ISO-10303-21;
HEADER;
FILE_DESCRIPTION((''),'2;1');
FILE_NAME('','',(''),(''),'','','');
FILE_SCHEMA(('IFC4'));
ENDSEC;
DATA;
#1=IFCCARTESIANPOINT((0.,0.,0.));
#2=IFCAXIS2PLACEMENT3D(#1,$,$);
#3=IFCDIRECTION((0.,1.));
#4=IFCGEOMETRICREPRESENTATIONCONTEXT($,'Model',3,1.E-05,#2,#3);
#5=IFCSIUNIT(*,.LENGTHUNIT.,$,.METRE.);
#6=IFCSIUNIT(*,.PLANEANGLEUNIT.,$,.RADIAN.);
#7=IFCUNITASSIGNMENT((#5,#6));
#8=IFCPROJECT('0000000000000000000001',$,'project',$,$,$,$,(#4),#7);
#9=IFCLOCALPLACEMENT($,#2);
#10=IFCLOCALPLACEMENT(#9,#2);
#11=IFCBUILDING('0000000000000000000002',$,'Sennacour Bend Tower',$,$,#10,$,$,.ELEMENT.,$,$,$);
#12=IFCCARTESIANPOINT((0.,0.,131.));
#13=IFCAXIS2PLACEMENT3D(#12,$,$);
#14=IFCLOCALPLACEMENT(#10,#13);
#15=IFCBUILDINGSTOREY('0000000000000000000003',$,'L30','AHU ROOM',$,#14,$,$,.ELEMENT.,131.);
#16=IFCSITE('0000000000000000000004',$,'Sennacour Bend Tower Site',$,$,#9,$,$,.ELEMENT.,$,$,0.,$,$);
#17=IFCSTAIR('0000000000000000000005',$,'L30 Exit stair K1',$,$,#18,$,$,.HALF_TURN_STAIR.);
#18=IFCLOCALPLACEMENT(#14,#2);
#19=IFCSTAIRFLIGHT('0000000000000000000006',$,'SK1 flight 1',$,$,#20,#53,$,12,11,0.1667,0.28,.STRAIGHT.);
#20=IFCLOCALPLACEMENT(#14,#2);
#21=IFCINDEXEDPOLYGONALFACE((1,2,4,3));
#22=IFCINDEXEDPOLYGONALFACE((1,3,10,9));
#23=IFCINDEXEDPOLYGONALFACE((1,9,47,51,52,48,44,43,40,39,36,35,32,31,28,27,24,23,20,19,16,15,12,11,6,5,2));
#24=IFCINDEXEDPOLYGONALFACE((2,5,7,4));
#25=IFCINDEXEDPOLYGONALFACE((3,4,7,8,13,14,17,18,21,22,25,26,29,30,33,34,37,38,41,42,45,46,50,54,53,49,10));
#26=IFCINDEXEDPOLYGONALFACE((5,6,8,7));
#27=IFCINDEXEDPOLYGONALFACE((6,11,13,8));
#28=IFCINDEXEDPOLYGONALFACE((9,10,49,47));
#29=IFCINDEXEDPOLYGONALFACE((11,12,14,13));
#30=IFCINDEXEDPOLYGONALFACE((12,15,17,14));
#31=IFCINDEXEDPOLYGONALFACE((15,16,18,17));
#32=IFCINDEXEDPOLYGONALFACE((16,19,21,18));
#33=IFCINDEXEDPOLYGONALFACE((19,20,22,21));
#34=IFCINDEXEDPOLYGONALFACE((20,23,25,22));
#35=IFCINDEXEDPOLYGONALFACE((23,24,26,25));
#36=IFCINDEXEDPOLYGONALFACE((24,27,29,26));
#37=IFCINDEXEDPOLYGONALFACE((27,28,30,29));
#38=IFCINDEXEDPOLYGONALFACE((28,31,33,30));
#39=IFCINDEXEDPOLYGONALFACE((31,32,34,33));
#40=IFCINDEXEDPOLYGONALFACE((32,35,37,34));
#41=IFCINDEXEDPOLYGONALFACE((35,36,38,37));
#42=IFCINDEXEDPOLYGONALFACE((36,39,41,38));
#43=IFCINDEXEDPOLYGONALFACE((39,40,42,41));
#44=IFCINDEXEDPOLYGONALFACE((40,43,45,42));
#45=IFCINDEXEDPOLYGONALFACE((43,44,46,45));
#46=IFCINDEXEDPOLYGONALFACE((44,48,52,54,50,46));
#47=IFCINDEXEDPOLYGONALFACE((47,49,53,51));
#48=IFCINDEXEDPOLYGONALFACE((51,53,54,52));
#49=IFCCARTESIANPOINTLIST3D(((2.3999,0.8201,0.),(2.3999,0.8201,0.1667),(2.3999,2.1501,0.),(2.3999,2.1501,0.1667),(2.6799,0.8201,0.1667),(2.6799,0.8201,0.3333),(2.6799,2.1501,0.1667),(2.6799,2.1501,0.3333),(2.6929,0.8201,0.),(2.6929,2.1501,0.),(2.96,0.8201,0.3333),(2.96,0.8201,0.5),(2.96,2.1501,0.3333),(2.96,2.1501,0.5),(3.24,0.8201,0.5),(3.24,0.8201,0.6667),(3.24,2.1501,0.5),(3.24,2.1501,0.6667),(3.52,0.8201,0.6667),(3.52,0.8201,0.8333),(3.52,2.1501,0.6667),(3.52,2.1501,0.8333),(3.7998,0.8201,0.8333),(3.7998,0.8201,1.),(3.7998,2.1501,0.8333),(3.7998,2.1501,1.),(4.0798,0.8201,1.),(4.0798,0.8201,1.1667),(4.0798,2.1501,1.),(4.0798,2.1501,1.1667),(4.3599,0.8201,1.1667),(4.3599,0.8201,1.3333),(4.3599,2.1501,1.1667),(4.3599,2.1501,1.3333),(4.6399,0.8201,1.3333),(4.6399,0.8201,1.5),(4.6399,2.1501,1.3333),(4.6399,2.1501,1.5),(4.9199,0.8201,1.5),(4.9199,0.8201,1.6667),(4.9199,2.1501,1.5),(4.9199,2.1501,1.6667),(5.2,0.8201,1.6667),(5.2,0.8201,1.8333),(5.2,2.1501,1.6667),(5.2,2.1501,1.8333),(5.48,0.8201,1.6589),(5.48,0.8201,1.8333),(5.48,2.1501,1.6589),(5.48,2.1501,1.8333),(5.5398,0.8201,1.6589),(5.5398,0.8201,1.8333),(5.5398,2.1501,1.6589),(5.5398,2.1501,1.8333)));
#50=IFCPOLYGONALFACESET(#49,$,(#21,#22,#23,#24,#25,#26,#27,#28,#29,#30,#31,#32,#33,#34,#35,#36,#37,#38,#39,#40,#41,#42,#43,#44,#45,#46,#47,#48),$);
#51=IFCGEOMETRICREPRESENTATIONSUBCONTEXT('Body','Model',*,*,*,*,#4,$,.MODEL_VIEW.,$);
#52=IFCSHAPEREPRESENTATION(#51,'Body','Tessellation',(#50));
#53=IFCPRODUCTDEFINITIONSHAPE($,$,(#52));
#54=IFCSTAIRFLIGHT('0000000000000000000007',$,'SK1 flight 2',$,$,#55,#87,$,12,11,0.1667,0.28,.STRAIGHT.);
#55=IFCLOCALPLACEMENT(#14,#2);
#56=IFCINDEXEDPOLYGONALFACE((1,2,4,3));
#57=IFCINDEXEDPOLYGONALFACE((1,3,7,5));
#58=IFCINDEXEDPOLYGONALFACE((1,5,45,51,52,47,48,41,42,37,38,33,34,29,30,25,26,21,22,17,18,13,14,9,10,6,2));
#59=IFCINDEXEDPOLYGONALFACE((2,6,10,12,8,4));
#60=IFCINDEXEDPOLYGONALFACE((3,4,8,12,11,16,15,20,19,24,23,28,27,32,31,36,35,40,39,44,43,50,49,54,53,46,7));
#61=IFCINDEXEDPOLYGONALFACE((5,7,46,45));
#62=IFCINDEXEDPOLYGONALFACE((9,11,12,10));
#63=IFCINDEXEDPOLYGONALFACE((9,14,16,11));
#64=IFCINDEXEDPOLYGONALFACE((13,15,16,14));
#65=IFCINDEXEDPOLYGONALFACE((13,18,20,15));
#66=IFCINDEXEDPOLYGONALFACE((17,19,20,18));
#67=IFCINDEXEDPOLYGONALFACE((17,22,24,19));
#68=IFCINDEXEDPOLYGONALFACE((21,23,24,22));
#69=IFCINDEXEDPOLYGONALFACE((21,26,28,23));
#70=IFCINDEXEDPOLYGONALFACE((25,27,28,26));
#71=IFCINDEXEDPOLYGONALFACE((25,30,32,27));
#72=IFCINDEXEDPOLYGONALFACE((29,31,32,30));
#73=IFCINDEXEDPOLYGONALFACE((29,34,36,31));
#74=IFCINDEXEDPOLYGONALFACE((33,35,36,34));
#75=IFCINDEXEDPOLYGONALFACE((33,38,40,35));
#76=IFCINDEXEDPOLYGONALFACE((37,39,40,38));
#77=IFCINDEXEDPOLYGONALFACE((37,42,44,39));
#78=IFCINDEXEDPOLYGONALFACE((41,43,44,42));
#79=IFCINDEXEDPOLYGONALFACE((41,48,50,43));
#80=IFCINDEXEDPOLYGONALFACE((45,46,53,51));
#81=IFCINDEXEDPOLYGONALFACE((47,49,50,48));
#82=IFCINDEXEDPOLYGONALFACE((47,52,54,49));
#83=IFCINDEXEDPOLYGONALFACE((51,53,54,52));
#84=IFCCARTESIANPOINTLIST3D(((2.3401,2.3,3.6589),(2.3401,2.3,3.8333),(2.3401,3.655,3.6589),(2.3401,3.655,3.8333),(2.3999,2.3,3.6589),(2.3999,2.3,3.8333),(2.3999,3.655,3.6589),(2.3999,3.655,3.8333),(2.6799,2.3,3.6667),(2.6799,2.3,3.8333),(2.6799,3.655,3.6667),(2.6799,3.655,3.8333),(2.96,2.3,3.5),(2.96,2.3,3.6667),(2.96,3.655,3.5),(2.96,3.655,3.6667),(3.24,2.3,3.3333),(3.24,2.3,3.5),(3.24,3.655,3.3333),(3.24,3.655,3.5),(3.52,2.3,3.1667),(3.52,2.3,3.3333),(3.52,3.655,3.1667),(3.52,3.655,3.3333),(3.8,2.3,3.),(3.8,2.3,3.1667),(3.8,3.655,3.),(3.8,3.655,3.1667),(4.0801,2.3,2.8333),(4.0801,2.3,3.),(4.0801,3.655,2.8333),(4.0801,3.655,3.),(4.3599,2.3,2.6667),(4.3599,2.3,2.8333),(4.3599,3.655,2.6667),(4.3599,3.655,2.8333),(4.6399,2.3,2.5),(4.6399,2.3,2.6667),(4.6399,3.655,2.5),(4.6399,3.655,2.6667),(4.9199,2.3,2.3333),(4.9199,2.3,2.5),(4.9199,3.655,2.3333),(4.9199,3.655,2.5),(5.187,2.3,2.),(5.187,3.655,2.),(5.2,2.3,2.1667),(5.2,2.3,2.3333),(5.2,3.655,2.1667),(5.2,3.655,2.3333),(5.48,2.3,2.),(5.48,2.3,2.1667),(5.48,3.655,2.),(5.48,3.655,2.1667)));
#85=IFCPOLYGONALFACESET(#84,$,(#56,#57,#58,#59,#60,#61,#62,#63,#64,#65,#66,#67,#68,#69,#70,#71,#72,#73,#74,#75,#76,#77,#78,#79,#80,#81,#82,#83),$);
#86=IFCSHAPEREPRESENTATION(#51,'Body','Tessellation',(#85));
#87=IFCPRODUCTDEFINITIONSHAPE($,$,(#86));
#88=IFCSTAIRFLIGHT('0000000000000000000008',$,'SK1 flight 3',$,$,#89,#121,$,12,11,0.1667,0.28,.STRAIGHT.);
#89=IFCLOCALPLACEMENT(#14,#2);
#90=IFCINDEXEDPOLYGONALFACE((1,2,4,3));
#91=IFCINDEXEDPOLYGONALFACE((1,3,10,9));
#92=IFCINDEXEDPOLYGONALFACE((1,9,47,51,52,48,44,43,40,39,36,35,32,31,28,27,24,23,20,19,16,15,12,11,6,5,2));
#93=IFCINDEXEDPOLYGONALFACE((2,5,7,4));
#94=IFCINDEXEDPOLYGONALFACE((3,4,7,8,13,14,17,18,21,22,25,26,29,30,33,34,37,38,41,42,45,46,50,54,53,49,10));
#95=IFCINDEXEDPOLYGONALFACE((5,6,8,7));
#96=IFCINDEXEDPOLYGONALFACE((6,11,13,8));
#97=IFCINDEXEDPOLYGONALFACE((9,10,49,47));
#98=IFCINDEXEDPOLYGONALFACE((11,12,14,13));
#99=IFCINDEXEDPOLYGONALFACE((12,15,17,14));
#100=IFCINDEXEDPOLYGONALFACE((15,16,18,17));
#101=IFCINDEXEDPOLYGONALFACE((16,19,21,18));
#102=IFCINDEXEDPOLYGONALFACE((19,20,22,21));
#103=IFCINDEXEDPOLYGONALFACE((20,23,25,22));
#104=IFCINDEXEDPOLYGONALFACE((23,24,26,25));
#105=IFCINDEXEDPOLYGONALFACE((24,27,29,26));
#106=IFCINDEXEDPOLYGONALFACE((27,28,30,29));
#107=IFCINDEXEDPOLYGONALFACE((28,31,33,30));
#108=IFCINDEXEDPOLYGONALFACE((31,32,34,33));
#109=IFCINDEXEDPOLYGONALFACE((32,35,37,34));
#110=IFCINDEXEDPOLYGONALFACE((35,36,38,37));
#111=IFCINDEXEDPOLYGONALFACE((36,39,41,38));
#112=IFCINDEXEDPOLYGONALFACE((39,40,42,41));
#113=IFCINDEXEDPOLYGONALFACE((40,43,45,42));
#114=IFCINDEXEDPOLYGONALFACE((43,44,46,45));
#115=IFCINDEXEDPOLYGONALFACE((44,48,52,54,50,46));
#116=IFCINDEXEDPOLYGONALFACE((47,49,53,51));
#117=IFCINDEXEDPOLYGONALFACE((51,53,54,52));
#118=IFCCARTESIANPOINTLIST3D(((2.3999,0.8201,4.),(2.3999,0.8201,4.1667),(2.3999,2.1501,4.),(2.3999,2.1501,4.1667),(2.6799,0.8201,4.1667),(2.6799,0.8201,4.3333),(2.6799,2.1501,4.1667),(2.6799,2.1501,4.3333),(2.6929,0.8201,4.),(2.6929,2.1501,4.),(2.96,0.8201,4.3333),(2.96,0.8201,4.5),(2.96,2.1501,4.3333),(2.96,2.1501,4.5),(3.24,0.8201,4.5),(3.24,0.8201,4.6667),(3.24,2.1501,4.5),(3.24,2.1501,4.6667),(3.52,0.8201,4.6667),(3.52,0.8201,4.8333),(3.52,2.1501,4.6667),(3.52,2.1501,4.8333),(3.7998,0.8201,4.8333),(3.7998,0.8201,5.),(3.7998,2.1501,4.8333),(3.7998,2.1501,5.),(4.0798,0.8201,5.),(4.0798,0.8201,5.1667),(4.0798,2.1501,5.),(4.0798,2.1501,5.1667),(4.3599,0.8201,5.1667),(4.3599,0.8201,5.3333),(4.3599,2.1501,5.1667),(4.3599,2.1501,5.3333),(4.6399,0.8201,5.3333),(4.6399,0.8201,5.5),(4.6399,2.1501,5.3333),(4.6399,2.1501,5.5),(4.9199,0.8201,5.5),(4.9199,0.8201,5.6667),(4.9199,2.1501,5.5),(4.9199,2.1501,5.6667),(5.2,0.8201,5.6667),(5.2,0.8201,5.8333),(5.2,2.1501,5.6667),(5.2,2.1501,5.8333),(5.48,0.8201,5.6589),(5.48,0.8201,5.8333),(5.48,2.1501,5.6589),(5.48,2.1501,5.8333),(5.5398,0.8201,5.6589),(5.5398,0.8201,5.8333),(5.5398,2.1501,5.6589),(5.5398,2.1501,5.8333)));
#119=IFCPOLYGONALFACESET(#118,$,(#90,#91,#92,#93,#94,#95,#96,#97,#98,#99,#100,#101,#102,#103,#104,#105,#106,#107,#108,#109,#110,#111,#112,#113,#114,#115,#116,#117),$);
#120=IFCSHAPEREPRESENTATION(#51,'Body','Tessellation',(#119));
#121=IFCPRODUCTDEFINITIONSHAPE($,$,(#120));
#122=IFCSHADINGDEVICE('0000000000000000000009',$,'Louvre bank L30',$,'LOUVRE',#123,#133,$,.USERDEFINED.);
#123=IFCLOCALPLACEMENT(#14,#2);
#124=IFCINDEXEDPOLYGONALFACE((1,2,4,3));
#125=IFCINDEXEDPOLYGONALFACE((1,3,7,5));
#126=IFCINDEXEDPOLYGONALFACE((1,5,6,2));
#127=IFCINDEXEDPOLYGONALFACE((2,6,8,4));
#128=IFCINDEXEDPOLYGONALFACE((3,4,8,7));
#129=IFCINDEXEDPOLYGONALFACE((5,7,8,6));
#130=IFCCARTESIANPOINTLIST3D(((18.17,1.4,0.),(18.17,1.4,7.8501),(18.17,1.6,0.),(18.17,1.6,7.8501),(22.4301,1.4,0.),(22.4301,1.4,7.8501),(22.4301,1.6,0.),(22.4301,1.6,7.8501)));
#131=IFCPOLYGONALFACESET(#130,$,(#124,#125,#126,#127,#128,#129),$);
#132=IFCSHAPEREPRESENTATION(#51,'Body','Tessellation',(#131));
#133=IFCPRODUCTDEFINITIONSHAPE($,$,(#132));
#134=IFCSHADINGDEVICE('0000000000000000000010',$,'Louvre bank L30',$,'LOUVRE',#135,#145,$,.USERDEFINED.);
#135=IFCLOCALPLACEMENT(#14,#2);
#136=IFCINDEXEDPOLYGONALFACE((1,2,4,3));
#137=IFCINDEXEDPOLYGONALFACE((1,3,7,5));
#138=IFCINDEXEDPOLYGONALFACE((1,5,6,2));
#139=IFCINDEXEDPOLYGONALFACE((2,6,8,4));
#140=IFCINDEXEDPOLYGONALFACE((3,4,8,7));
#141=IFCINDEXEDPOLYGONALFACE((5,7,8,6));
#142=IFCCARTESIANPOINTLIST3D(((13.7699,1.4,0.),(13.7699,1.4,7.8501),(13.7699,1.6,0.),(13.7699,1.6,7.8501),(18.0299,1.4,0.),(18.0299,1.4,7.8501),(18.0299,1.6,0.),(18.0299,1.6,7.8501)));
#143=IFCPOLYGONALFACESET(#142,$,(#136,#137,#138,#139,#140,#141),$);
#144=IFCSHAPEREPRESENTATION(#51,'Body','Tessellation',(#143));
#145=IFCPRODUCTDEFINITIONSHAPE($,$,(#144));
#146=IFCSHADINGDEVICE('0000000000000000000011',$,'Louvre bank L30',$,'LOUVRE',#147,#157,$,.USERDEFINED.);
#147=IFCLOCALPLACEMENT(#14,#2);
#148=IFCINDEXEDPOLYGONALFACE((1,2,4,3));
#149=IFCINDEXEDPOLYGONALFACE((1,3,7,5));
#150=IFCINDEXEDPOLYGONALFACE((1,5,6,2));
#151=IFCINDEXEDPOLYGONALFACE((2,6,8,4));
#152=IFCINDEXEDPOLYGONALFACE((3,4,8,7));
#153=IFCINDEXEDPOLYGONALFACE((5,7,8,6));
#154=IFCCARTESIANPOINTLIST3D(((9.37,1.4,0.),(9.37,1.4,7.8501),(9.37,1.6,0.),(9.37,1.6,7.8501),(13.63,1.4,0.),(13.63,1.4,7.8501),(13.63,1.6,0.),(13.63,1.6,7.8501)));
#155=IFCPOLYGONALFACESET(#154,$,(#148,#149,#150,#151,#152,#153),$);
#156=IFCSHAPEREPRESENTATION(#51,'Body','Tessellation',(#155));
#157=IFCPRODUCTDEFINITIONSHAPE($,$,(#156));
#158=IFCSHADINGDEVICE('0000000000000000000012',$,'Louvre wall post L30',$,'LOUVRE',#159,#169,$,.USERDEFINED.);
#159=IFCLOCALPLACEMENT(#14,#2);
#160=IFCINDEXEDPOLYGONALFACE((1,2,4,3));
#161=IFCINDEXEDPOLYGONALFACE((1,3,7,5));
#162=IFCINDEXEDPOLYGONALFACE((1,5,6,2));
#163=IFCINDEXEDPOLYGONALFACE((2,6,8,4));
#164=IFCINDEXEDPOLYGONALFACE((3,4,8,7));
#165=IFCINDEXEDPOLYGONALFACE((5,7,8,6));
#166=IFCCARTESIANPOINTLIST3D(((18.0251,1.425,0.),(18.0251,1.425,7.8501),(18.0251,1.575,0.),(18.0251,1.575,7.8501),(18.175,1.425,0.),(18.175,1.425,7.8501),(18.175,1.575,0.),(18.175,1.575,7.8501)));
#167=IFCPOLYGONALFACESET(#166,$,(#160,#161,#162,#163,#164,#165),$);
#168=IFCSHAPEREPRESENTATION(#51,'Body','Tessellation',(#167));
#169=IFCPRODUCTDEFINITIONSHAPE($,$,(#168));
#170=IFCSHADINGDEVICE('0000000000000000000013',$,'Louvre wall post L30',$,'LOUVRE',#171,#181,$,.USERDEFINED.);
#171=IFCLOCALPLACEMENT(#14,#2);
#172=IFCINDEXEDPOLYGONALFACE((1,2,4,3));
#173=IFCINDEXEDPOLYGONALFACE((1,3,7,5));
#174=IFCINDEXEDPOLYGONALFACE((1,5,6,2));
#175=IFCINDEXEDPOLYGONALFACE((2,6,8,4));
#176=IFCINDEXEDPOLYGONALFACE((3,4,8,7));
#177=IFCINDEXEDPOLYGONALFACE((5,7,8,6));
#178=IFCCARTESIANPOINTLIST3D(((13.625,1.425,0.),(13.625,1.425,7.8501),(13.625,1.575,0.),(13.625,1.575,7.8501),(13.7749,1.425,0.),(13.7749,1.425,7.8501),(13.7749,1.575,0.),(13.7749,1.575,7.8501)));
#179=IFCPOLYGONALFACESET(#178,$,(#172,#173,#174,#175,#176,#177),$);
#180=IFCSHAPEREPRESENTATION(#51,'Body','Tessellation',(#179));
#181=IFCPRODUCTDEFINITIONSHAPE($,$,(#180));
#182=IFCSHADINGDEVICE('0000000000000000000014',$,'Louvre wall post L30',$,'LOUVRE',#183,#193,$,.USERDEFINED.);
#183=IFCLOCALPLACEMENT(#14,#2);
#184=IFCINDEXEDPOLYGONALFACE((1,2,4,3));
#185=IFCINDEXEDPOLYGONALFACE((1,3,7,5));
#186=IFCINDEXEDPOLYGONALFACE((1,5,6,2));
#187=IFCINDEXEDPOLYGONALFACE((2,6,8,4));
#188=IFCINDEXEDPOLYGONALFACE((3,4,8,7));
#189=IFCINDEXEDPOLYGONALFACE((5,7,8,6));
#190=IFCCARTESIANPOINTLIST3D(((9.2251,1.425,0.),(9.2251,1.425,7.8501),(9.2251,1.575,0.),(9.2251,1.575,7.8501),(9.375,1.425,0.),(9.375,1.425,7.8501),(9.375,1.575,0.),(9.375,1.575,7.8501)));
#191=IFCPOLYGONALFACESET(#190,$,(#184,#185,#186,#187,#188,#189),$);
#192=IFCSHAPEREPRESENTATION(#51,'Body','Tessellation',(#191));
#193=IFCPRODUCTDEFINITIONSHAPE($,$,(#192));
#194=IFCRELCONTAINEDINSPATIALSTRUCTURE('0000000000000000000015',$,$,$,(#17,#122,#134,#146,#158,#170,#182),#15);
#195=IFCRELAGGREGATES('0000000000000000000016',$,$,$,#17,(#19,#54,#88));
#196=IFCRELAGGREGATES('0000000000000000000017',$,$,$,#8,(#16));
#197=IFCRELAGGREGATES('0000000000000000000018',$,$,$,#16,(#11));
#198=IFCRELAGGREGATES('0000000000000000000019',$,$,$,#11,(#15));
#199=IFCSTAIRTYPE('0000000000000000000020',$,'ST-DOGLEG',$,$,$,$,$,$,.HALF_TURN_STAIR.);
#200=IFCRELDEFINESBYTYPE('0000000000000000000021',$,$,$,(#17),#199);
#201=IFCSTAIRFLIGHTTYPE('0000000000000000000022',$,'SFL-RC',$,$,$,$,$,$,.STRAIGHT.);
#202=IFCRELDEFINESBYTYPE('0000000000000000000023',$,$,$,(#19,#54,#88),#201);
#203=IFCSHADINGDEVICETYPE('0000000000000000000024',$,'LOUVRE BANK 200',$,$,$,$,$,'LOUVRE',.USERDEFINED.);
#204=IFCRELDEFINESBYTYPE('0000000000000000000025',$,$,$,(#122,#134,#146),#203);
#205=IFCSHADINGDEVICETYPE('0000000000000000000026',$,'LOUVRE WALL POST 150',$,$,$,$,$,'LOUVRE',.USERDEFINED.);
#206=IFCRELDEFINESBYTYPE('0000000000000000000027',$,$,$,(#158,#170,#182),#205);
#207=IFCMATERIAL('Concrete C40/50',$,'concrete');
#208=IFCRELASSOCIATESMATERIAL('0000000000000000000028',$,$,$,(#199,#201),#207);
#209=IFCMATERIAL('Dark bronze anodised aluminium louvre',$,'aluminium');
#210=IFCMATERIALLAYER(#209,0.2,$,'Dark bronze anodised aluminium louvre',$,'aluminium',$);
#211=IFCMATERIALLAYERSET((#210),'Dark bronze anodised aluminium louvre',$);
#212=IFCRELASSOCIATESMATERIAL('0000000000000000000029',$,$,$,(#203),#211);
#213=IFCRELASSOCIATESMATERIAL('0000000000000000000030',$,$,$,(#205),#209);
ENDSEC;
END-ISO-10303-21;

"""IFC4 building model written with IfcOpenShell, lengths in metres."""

from ifc_helpers import new_model, si_unit, direction, frame, origin, origin_2d, place, context, subcontext, project, spatial, polyline, rectangle, outline, extrude, material, layer, layer_set, type_object, element, aggregate, save


model = new_model("IFC4")

# Units and contexts
model_context = context("Model", 3, precision=1e-05, world=origin(), true_north=direction((0.0, 1.0)))
body_context = subcontext(model_context, "Body", "Model", "MODEL_VIEW")
ifc_project = project(units=[si_unit("LENGTHUNIT", "METRE"), si_unit("PLANEANGLEUNIT", "RADIAN")], contexts=[model_context])

# Site, building, storey
site_placement = place(None, origin())
site = spatial("IfcSite", under=ifc_project, at=site_placement, Name="Sennacour Bend Tower Site", CompositionType="ELEMENT", RefElevation=0.0)
building_placement = place(site_placement, origin())
building = spatial("IfcBuilding", under=site, at=building_placement, Name="Sennacour Bend Tower", CompositionType="ELEMENT")
storey_placement = place(building_placement, frame((0.0, 0.0, 131.0)))
storey = spatial("IfcBuildingStorey", under=building, at=storey_placement, Name="L30", Description="AHU ROOM", CompositionType="ELEMENT", Elevation=131.0)

# Stair, stair flights
ifc_material_1 = material(Name="Concrete C40/50", Category="concrete")
stair_type = type_object("IfcStairType", Name="ST-DOGLEG", PredefinedType="HALF_TURN_STAIR", material=ifc_material_1)
stair_placement = place(storey_placement, origin())
stair = element("IfcStair", 1, at=stair_placement, inside=storey, type_object=stair_type, Name="L30 Exit stair K1", PredefinedType="HALF_TURN_STAIR")
stair_flight_type = type_object("IfcStairFlightType", Name="SFL-RC", PredefinedType="STRAIGHT", material=ifc_material_1)
stair_flight_1_placement = place(storey_placement, frame((2.3999, 1.4851, 0.0), z_axis=(0.0, 0.0, 1.0), x_axis=(1.0, 0.0, 0.0)))
stair_flight_1 = element("IfcStairFlight", 2, at=stair_flight_1_placement, type_object=stair_flight_type, Name="SK1 flight 1", NumberOfRisers=12, NumberOfTreads=11, PredefinedType="STRAIGHT", RiserHeight=0.1667, TreadLength=0.28, context=body_context, shape_type="SweptSolid", body=[
    extrude(outline(polyline([(0.0, 0.0), (0.0, 0.1667), (0.28, 0.1667), (0.28, 0.3333), (0.5601, 0.3333), (0.5601, 0.5), (0.8401, 0.5), (0.8401, 0.6667), (1.1201, 0.6667), (1.1201, 0.8333), (1.3999, 0.8333), (1.3999, 1.0), (1.6799, 1.0), (1.6799, 1.1667), (1.96, 1.1667), (1.96, 1.3333), (2.24, 1.3333), (2.24, 1.5), (2.52, 1.5), (2.52, 1.6667), (2.8, 1.6667), (2.8, 1.8333), (3.0801, 1.8333), (3.1399, 1.8333), (3.1399, 1.6589), (3.0801, 1.6589), (0.293, 0.0), (0.0, 0.0)])), frame((0.0, 0.665, 0.0), z_axis=(0.0, -1.0, 0.0), x_axis=(1.0, 0.0, 0.0)), (0.0, 0.0, 1.0), 1.3301),
])
stair_flight_2_placement = place(storey_placement, frame((5.48, 2.9775, 2.0), z_axis=(0.0, 0.0, 1.0), x_axis=(-1.0, 0.0, 0.0)))
stair_flight_2 = element("IfcStairFlight", 3, at=stair_flight_2_placement, type_object=stair_flight_type, Name="SK1 flight 2", NumberOfRisers=12, NumberOfTreads=11, PredefinedType="STRAIGHT", RiserHeight=0.1667, TreadLength=0.28, context=body_context, shape_type="SweptSolid", body=[
    extrude(outline(polyline([(0.0, 0.0), (0.0, 0.1667), (0.28, 0.1667), (0.28, 0.3333), (0.5601, 0.3333), (0.5601, 0.5), (0.8401, 0.5), (0.8401, 0.6667), (1.1201, 0.6667), (1.1201, 0.8333), (1.3999, 0.8333), (1.3999, 1.0), (1.6799, 1.0), (1.6799, 1.1667), (1.96, 1.1667), (1.96, 1.3333), (2.24, 1.3333), (2.24, 1.5), (2.52, 1.5), (2.52, 1.6667), (2.8, 1.6667), (2.8, 1.8333), (3.0801, 1.8333), (3.1399, 1.8333), (3.1399, 1.6589), (3.0801, 1.6589), (0.293, 0.0), (0.0, 0.0)])), frame((0.0, 0.6775, 0.0), z_axis=(0.0, -1.0, 0.0), x_axis=(1.0, 0.0, 0.0)), (0.0, 0.0, 1.0), 1.355),
])
stair_flight_3_placement = place(storey_placement, frame((2.3999, 1.4851, 4.0), z_axis=(0.0, 0.0, 1.0), x_axis=(1.0, 0.0, 0.0)))
stair_flight_3 = element("IfcStairFlight", 4, at=stair_flight_3_placement, type_object=stair_flight_type, Name="SK1 flight 3", NumberOfRisers=12, NumberOfTreads=11, PredefinedType="STRAIGHT", RiserHeight=0.1667, TreadLength=0.28, context=body_context, shape_type="SweptSolid", body=[
    extrude(outline(polyline([(0.0, 0.0), (0.0, 0.1667), (0.28, 0.1667), (0.28, 0.3333), (0.5601, 0.3333), (0.5601, 0.5), (0.8401, 0.5), (0.8401, 0.6667), (1.1201, 0.6667), (1.1201, 0.8333), (1.3999, 0.8333), (1.3999, 1.0), (1.6799, 1.0), (1.6799, 1.1667), (1.96, 1.1667), (1.96, 1.3333), (2.24, 1.3333), (2.24, 1.5), (2.52, 1.5), (2.52, 1.6667), (2.8, 1.6667), (2.8, 1.8333), (3.0801, 1.8333), (3.1399, 1.8333), (3.1399, 1.6589), (3.0801, 1.6589), (0.293, 0.0), (0.0, 0.0)])), frame((0.0, 0.665, 0.0), z_axis=(0.0, -1.0, 0.0), x_axis=(1.0, 0.0, 0.0)), (0.0, 0.0, 1.0), 1.3301),
])
aggregate(stair, [stair_flight_1, stair_flight_2, stair_flight_3])

# Shading devices
ifc_material_2 = material(Name="Dark bronze anodised aluminium louvre", Category="aluminium")
ifc_layer = layer(ifc_material_2, 0.2, Name="Dark bronze anodised aluminium louvre", Category="aluminium")
ifc_layer_set = layer_set([ifc_layer], Name="Dark bronze anodised aluminium louvre")
shading_device_type_1 = type_object("IfcShadingDeviceType", Name="LOUVRE BANK 200", ElementType="LOUVRE", PredefinedType="USERDEFINED", material=ifc_layer_set)
for number, where, z_axis, x_axis, name in (
    (5, (20.3, 1.5, 0.0), (0.0, 0.0, 1.0), (-1.0, 0.0, 0.0), "Louvre bank L30"),
    (6, (15.8999, 1.5, 0.0), (0.0, 0.0, 1.0), (-1.0, 0.0, 0.0), "Louvre bank L30"),
    (7, (11.5, 1.5, 0.0), (0.0, 0.0, 1.0), (-1.0, 0.0, 0.0), "Louvre bank L30"),
):
    element("IfcShadingDevice", number, at=place(storey_placement, frame(where, z_axis=z_axis, x_axis=x_axis)), inside=storey, type_object=shading_device_type_1, Name=name, ObjectType="LOUVRE", PredefinedType="USERDEFINED", context=body_context, shape_type="SweptSolid", body=[
        extrude(rectangle(XDim=4.26, YDim=0.2, at=origin_2d()), origin(), (0.0, 0.0, 1.0), 7.8501),
    ])
shading_device_type_2 = type_object("IfcShadingDeviceType", Name="LOUVRE WALL POST 150", ElementType="LOUVRE", PredefinedType="USERDEFINED", material=ifc_material_2)
for number, where, z_axis, x_axis, name in (
    (8, (18.1001, 1.5, 0.0), (0.0, 0.0, 1.0), (1.0, 0.0, 0.0), "Louvre wall post L30"),
    (9, (13.7, 1.5, 0.0), (0.0, 0.0, 1.0), (1.0, 0.0, 0.0), "Louvre wall post L30"),
    (10, (9.3, 1.5, 0.0), (0.0, 0.0, 1.0), (1.0, 0.0, 0.0), "Louvre wall post L30"),
):
    element("IfcShadingDevice", number, at=place(storey_placement, frame(where, z_axis=z_axis, x_axis=x_axis)), inside=storey, type_object=shading_device_type_2, Name=name, ObjectType="LOUVRE", PredefinedType="USERDEFINED", context=body_context, shape_type="SweptSolid", body=[
        extrude(rectangle(XDim=0.1499, YDim=0.1499, at=origin_2d()), origin(), (0.0, 0.0, 1.0), 7.8501),
    ])

save(model, "model.ifc")
